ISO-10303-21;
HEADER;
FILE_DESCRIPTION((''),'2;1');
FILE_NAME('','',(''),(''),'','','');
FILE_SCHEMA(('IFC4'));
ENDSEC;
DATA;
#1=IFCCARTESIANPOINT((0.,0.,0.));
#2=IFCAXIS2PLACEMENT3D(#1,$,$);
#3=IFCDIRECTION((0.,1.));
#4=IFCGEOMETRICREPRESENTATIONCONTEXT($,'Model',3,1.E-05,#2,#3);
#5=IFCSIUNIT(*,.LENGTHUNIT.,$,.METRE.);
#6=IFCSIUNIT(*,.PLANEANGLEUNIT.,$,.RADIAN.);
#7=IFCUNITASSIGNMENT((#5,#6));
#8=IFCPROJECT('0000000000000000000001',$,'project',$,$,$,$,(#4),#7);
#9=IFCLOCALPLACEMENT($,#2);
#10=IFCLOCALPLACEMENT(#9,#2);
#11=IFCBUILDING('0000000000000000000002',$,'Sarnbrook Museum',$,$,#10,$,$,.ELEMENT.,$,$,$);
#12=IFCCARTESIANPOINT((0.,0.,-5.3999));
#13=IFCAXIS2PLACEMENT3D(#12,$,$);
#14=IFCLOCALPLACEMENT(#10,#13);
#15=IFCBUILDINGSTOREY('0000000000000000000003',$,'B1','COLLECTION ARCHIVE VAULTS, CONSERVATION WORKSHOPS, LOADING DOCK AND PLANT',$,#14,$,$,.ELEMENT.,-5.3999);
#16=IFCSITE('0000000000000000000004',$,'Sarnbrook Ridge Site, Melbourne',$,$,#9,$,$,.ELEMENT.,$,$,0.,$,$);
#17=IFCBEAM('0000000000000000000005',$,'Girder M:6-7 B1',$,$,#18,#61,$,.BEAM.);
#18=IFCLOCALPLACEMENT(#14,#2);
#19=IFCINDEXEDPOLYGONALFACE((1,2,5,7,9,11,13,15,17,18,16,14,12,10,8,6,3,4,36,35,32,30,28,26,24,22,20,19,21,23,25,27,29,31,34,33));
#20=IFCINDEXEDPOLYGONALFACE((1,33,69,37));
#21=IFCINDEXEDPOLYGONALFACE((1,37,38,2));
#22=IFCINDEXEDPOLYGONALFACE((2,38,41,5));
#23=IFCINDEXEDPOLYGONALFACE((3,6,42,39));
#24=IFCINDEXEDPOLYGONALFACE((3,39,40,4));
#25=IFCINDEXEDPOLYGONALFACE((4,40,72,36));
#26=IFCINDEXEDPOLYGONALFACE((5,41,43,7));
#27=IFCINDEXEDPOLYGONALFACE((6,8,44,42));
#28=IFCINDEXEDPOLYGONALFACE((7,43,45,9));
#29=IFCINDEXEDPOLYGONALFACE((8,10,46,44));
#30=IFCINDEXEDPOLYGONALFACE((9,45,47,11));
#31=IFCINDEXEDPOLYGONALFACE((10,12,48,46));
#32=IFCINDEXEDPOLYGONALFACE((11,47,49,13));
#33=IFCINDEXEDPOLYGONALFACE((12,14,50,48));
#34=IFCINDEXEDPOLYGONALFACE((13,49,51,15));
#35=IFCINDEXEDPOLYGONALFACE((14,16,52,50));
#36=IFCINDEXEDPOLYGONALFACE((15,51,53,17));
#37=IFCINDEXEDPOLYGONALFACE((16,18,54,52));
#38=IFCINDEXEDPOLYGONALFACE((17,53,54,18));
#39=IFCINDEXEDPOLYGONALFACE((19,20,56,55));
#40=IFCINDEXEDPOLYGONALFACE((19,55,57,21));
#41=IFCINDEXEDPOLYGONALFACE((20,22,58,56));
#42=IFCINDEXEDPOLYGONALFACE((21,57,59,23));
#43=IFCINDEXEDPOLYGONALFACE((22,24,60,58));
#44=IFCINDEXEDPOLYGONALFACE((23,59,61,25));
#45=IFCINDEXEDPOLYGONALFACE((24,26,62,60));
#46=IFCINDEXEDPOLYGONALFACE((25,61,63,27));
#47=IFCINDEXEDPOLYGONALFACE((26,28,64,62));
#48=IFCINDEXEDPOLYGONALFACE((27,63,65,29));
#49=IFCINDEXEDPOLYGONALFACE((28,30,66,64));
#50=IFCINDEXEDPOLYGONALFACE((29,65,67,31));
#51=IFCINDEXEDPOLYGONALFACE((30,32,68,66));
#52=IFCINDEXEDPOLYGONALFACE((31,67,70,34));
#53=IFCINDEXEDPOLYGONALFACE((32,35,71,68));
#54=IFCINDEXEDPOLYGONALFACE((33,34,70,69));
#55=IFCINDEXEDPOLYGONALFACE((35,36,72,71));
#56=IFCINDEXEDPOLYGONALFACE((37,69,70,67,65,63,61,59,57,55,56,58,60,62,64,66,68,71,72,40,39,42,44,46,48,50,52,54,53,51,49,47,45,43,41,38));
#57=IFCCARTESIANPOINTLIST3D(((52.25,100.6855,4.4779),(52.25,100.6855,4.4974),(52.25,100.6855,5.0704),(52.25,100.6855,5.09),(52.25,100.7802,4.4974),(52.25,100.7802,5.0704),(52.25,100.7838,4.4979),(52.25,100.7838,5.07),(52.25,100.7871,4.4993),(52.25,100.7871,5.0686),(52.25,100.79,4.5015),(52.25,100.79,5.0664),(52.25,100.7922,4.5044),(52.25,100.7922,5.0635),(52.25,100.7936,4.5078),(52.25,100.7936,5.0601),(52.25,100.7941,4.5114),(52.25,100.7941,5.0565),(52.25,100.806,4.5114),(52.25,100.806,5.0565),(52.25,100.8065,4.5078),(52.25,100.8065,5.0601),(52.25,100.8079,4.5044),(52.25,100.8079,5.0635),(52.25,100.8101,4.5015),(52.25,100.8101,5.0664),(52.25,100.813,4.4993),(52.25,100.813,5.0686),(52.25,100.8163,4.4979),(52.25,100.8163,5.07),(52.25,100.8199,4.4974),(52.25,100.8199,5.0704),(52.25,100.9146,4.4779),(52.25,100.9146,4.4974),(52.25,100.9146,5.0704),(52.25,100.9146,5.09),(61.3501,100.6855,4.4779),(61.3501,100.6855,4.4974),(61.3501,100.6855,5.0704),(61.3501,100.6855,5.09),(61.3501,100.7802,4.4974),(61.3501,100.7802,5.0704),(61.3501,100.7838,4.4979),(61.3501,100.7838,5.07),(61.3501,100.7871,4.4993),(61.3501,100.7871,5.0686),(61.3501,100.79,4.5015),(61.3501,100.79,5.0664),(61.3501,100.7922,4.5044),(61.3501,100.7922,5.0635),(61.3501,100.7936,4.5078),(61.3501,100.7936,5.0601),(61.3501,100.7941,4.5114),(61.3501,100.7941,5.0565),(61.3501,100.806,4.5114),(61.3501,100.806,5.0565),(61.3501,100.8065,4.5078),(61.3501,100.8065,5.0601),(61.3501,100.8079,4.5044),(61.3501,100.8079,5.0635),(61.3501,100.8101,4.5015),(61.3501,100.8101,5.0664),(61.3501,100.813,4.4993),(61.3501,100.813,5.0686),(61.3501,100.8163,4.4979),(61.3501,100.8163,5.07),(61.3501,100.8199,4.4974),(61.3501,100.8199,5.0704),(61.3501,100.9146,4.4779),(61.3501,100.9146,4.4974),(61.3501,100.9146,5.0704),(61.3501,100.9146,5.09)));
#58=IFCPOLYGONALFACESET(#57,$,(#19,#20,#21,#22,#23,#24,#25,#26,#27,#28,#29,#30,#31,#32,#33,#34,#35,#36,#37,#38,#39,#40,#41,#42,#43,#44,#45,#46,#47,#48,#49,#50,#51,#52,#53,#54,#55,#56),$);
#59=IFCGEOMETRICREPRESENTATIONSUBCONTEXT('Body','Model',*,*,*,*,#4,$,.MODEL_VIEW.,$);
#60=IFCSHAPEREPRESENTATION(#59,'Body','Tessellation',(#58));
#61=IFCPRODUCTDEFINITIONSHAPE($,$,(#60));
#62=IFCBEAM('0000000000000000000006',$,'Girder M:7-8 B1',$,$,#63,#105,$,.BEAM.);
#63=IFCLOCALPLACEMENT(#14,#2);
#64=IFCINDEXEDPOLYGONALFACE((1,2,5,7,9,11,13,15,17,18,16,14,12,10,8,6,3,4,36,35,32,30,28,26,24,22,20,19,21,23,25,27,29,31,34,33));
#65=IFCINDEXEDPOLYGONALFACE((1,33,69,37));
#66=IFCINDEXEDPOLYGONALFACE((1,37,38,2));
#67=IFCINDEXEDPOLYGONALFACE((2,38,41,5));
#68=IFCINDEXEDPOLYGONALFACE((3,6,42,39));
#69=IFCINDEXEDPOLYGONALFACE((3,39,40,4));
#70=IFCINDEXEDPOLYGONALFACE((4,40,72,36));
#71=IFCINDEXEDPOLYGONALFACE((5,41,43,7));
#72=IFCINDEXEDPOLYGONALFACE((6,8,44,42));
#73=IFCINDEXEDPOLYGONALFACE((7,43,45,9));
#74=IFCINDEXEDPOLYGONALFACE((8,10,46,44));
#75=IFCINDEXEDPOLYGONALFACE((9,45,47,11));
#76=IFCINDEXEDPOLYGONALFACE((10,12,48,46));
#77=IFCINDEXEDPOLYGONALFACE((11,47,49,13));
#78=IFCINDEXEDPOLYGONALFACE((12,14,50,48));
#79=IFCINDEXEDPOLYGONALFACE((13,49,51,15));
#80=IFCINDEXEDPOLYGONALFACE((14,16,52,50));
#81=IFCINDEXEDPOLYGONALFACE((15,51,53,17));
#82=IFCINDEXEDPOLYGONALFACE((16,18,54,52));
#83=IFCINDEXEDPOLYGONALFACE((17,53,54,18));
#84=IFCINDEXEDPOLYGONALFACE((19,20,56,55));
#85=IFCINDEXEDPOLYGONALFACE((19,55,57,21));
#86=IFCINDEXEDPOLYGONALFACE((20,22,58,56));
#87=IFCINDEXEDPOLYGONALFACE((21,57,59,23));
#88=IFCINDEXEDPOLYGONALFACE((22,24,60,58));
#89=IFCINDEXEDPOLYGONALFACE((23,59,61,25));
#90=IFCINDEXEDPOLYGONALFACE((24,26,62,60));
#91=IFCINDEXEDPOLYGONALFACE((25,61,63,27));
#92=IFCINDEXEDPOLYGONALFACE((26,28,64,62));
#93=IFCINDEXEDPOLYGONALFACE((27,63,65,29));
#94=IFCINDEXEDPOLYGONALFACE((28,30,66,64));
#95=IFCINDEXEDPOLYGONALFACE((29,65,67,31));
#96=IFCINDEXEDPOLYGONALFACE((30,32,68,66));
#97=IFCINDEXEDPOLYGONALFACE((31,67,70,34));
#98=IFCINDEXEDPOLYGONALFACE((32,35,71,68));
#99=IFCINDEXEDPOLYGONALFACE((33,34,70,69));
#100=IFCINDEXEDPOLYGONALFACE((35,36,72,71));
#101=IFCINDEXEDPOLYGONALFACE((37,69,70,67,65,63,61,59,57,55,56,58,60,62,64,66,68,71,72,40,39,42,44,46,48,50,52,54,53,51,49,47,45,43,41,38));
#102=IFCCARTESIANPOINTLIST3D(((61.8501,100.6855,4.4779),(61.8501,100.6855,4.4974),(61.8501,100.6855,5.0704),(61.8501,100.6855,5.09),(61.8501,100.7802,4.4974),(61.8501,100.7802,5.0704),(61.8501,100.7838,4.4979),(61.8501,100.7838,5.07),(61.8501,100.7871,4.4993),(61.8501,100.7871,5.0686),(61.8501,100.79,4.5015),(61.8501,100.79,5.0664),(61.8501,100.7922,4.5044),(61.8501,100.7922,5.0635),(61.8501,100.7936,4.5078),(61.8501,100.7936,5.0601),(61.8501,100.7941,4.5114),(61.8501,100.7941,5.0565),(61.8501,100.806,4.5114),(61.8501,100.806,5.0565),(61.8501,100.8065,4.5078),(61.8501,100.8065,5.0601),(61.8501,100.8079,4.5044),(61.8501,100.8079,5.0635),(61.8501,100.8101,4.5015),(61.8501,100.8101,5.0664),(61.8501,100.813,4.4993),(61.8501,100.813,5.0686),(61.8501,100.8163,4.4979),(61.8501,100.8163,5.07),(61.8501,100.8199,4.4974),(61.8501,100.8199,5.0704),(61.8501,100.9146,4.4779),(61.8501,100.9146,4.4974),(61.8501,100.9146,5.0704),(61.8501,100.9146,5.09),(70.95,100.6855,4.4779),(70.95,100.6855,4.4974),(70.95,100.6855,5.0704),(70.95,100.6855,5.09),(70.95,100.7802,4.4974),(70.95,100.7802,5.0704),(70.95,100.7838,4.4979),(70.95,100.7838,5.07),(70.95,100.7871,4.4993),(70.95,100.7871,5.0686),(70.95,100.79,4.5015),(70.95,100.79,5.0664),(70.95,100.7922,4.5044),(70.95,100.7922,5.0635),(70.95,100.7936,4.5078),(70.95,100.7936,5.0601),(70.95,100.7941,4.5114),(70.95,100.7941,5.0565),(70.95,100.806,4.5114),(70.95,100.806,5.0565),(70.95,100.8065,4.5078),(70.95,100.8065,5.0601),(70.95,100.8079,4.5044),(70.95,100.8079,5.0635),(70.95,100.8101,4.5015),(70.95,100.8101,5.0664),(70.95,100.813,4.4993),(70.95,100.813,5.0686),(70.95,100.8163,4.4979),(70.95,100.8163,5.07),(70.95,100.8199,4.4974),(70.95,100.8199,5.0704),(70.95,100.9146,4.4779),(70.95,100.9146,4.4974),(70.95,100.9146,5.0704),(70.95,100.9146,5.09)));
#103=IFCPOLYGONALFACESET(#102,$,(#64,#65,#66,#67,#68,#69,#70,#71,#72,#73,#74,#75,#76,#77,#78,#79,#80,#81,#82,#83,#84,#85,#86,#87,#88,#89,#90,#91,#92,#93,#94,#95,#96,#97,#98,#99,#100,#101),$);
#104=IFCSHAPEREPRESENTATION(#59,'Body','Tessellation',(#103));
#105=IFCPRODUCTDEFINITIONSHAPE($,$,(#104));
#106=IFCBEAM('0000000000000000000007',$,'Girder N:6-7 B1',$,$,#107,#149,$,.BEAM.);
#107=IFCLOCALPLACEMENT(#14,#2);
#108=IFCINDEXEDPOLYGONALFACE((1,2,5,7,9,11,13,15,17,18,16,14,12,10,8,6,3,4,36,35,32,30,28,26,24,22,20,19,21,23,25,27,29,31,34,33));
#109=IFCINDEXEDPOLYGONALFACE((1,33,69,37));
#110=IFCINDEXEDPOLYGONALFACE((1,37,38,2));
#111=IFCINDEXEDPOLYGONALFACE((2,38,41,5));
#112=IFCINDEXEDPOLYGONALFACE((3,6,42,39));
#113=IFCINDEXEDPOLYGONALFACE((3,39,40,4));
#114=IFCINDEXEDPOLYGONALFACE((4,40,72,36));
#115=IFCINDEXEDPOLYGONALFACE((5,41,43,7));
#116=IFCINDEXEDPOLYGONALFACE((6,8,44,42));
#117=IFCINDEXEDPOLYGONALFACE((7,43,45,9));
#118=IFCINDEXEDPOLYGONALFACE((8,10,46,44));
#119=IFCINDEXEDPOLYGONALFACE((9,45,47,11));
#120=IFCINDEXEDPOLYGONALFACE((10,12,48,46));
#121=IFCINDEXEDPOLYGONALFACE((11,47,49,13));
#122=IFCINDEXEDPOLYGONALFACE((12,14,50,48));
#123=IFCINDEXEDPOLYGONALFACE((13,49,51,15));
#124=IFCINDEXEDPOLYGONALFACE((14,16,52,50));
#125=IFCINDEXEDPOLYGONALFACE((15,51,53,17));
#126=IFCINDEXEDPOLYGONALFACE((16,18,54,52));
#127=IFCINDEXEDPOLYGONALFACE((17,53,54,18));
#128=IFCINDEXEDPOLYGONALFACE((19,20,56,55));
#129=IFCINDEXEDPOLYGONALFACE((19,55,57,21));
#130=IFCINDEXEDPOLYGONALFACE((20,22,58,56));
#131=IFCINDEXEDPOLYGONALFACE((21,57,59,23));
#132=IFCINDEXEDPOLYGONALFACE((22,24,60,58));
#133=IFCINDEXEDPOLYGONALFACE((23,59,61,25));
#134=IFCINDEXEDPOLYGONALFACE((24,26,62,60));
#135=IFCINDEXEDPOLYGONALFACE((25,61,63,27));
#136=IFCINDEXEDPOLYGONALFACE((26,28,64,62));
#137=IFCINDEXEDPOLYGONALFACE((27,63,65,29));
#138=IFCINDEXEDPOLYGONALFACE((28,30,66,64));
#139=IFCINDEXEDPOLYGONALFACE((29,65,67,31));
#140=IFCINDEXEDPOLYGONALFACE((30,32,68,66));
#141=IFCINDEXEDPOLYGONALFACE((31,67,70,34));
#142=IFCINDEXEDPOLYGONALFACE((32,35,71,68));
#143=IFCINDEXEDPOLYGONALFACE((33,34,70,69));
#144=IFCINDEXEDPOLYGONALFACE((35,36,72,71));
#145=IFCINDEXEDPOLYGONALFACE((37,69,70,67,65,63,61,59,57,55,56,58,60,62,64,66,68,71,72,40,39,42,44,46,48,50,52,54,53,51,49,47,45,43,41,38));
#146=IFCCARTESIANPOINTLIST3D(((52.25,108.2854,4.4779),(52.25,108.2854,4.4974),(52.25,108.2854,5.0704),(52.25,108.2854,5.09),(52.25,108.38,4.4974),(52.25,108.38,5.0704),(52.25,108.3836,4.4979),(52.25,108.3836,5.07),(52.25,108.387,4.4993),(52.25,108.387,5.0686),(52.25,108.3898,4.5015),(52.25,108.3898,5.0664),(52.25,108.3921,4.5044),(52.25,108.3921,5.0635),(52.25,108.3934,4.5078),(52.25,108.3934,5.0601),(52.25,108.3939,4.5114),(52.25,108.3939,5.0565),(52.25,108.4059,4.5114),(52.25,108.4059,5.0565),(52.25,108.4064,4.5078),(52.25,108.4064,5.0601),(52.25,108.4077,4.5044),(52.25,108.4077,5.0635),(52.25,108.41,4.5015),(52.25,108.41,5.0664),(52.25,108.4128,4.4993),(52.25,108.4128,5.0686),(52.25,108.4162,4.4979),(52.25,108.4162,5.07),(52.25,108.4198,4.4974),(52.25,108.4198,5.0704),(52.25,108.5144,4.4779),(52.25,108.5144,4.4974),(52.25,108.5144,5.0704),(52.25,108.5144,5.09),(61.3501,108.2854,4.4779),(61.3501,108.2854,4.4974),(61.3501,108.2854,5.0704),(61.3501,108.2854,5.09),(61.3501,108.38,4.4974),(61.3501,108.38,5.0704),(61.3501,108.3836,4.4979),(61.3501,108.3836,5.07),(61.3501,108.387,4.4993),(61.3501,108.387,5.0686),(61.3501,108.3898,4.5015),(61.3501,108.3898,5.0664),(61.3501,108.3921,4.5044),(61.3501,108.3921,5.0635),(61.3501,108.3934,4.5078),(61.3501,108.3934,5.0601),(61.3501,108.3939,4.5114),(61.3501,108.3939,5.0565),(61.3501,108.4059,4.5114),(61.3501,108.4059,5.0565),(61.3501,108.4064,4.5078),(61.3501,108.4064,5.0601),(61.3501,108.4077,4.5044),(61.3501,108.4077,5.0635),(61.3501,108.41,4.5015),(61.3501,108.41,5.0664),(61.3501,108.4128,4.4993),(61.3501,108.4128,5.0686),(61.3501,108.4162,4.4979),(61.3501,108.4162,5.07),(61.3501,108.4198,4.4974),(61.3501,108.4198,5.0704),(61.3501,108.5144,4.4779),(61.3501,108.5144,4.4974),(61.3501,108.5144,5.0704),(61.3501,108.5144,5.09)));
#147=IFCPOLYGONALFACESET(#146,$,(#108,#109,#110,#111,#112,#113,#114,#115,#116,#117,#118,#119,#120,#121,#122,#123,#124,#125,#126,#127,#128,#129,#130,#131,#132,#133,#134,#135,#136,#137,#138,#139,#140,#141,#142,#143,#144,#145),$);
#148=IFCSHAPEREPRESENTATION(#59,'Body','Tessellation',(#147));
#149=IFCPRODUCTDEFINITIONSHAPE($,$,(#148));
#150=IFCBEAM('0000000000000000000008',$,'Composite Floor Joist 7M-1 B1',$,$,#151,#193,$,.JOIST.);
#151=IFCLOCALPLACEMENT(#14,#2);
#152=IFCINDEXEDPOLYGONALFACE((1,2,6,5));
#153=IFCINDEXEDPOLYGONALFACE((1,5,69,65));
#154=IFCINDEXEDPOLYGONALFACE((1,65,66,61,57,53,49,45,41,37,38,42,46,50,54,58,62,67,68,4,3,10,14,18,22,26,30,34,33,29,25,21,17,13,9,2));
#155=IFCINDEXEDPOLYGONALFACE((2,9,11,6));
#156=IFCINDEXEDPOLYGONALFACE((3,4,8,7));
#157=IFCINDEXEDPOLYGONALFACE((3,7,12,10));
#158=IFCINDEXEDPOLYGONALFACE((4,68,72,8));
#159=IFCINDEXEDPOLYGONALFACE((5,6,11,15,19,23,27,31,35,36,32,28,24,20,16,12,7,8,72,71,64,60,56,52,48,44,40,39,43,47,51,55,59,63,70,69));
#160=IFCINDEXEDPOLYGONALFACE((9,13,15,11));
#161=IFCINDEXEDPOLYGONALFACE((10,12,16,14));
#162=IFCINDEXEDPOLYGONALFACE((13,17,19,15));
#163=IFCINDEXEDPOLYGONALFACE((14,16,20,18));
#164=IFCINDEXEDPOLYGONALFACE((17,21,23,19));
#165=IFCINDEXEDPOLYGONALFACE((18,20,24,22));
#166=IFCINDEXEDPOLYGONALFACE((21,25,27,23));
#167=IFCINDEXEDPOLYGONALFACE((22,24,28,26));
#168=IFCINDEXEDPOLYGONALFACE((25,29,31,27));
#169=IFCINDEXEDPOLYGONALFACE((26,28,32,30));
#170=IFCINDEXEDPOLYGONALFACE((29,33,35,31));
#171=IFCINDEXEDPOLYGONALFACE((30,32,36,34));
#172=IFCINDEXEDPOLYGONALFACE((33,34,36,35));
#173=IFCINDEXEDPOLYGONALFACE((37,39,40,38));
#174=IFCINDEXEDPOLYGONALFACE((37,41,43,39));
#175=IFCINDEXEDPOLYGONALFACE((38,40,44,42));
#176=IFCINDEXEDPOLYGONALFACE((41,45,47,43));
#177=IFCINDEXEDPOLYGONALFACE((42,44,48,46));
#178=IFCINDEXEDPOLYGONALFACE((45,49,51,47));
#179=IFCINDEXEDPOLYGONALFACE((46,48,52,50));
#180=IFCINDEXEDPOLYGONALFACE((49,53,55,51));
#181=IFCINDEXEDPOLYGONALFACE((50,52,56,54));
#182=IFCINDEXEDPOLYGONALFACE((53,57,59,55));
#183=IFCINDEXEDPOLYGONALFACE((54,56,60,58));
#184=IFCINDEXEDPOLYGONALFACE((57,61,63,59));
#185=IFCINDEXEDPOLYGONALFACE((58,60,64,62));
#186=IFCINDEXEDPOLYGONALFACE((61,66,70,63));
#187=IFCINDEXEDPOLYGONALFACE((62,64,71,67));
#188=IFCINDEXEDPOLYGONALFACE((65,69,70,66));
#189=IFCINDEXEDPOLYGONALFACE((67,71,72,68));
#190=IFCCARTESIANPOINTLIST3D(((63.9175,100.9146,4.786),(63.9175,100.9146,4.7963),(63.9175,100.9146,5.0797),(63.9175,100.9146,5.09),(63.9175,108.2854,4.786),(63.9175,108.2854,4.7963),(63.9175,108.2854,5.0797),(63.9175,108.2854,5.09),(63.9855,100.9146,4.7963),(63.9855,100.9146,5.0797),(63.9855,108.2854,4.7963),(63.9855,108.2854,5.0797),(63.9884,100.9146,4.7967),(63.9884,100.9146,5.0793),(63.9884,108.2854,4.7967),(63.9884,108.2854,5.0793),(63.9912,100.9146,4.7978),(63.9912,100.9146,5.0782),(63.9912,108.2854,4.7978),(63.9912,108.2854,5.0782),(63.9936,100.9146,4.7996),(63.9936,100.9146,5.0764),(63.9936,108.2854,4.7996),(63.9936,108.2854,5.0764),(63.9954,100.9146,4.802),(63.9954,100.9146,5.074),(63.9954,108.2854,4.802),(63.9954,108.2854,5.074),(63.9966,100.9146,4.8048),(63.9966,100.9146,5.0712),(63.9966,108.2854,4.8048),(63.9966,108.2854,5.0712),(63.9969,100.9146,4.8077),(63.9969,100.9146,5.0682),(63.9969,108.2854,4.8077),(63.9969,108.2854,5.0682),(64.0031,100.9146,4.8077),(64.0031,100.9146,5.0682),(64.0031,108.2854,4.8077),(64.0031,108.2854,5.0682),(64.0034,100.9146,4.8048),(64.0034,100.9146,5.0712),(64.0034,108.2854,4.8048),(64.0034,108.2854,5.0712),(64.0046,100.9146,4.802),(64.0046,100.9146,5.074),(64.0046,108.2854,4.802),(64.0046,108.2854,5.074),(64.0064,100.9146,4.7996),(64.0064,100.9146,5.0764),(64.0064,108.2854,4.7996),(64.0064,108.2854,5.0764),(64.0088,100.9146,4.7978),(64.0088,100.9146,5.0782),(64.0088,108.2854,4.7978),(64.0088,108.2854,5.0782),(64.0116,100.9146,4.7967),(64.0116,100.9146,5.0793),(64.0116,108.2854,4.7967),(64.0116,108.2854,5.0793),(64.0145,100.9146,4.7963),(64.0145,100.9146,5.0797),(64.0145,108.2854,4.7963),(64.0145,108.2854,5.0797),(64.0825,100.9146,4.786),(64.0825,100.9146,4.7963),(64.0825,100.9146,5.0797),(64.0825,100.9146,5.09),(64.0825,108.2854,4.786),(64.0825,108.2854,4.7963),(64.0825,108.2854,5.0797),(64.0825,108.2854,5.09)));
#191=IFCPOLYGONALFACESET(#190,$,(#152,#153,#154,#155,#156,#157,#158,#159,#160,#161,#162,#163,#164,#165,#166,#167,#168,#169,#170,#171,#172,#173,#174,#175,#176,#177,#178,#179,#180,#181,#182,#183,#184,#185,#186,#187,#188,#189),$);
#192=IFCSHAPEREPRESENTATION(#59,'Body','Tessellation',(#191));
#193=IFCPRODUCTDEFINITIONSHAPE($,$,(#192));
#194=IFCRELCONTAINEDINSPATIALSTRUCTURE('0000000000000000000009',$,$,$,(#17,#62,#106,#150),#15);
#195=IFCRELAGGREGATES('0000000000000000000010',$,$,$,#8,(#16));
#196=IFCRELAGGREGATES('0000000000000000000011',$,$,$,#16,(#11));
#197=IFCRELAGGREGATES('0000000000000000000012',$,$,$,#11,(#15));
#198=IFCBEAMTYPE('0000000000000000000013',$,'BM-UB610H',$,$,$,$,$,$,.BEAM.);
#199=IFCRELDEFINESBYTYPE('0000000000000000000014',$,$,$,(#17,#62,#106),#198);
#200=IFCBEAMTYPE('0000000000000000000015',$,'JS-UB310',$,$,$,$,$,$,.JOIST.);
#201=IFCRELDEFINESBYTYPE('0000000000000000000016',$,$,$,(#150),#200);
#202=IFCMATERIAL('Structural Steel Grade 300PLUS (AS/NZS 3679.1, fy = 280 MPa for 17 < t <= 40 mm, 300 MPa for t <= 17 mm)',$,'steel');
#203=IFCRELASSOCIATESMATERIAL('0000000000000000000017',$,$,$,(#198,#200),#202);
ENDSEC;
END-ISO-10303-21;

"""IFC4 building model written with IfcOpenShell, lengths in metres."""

from ifc_helpers import new_model, si_unit, direction, frame, origin, origin_2d, place, context, subcontext, project, spatial, i_section, extrude, material, material_profile, profile_set, type_object, element, save


model = new_model("IFC4")

# Units and contexts
model_context = context("Model", 3, precision=1e-05, world=origin(), true_north=direction((0.0, 1.0)))
body_context = subcontext(model_context, "Body", "Model", "MODEL_VIEW")
ifc_project = project(units=[si_unit("LENGTHUNIT", "METRE"), si_unit("PLANEANGLEUNIT", "RADIAN")], contexts=[model_context])

# Site, building, storey
site_placement = place(None, origin())
site = spatial("IfcSite", under=ifc_project, at=site_placement, Name="Sarnbrook Ridge Site, Melbourne", CompositionType="ELEMENT", RefElevation=0.0)
building_placement = place(site_placement, origin())
building = spatial("IfcBuilding", under=site, at=building_placement, Name="Sarnbrook Museum", CompositionType="ELEMENT")
storey_placement = place(building_placement, frame((0.0, 0.0, -5.3999)))
storey = spatial("IfcBuildingStorey", under=building, at=storey_placement, Name="B1", Description="COLLECTION ARCHIVE VAULTS, CONSERVATION WORKSHOPS, LOADING DOCK AND PLANT", CompositionType="ELEMENT", Elevation=-5.3999)

# Beams
ifc_material_1 = material(Name="Structural Steel Grade 300PLUS (AS/NZS 3679.1, fy = 280 MPa for 17 < t <= 40 mm, 300 MPa for t <= 17 mm)", Category="steel")
ifc_material_profile_1 = material_profile(ifc_material_1, i_section(OverallWidth=0.229, OverallDepth=0.6121, WebThickness=0.012, FlangeThickness=0.0195, FilletRadius=0.0139, at=origin_2d()), Name="610UB125")
ifc_profile_set_1 = profile_set([ifc_material_profile_1], Name="Structural Steel Grade 300PLUS (AS/NZS 3679.1, fy = 280 MPa for 17 < t <= 40 mm, 300 MPa for t <= 17 mm)")
beam_type_1 = type_object("IfcBeamType", Name="BM-UB610H", PredefinedType="BEAM", material=ifc_profile_set_1)
beam_1_placement = place(storey_placement, frame((52.25, 100.8, 4.7839), z_axis=(1.0, 0.0, 0.0), x_axis=(0.0, 1.0, 0.0)))
element("IfcBeam", 1, at=beam_1_placement, inside=storey, type_object=beam_type_1, Name="Girder M:6-7 B1", PredefinedType="BEAM", context=body_context, shape_type="SweptSolid", body=[
    extrude(i_section(OverallWidth=0.229, OverallDepth=0.6121, WebThickness=0.012, FlangeThickness=0.0195, FilletRadius=0.0139, at=origin_2d()), origin(), (0.0, 0.0, 1.0), 9.1001),
])
beam_2_placement = place(storey_placement, frame((61.8501, 100.8, 4.7839), z_axis=(1.0, 0.0, 0.0), x_axis=(0.0, 1.0, 0.0)))
element("IfcBeam", 2, at=beam_2_placement, inside=storey, type_object=beam_type_1, Name="Girder M:7-8 B1", PredefinedType="BEAM", context=body_context, shape_type="SweptSolid", body=[
    extrude(i_section(OverallWidth=0.229, OverallDepth=0.6121, WebThickness=0.012, FlangeThickness=0.0195, FilletRadius=0.0139, at=origin_2d()), origin(), (0.0, 0.0, 1.0), 9.0999),
])
beam_3_placement = place(storey_placement, frame((52.25, 108.3999, 4.7839), z_axis=(1.0, 0.0, 0.0), x_axis=(0.0, 1.0, 0.0)))
element("IfcBeam", 3, at=beam_3_placement, inside=storey, type_object=beam_type_1, Name="Girder N:6-7 B1", PredefinedType="BEAM", context=body_context, shape_type="SweptSolid", body=[
    extrude(i_section(OverallWidth=0.229, OverallDepth=0.6121, WebThickness=0.012, FlangeThickness=0.0195, FilletRadius=0.0139, at=origin_2d()), origin(), (0.0, 0.0, 1.0), 9.1001),
])
ifc_material_profile_2 = material_profile(ifc_material_1, i_section(OverallWidth=0.165, OverallDepth=0.304, WebThickness=0.0061, FlangeThickness=0.0103, FilletRadius=0.0115, at=origin_2d()), Name="310UB40.4")
ifc_profile_set_2 = profile_set([ifc_material_profile_2], Name="Structural Steel Grade 300PLUS (AS/NZS 3679.1, fy = 280 MPa for 17 < t <= 40 mm, 300 MPa for t <= 17 mm)")
beam_type_2 = type_object("IfcBeamType", Name="JS-UB310", PredefinedType="JOIST", material=ifc_profile_set_2)
beam_4_placement = place(storey_placement, frame((64.0, 100.9146, 4.938), z_axis=(0.0, 1.0, 0.0), x_axis=(-1.0, 0.0, 0.0)))
element("IfcBeam", 4, at=beam_4_placement, inside=storey, type_object=beam_type_2, Name="Composite Floor Joist 7M-1 B1", PredefinedType="JOIST", context=body_context, shape_type="SweptSolid", body=[
    extrude(i_section(OverallWidth=0.165, OverallDepth=0.304, WebThickness=0.0061, FlangeThickness=0.0103, FilletRadius=0.0115, at=origin_2d()), origin(), (0.0, 0.0, 1.0), 7.3708),
])

save(model, "model.ifc")
